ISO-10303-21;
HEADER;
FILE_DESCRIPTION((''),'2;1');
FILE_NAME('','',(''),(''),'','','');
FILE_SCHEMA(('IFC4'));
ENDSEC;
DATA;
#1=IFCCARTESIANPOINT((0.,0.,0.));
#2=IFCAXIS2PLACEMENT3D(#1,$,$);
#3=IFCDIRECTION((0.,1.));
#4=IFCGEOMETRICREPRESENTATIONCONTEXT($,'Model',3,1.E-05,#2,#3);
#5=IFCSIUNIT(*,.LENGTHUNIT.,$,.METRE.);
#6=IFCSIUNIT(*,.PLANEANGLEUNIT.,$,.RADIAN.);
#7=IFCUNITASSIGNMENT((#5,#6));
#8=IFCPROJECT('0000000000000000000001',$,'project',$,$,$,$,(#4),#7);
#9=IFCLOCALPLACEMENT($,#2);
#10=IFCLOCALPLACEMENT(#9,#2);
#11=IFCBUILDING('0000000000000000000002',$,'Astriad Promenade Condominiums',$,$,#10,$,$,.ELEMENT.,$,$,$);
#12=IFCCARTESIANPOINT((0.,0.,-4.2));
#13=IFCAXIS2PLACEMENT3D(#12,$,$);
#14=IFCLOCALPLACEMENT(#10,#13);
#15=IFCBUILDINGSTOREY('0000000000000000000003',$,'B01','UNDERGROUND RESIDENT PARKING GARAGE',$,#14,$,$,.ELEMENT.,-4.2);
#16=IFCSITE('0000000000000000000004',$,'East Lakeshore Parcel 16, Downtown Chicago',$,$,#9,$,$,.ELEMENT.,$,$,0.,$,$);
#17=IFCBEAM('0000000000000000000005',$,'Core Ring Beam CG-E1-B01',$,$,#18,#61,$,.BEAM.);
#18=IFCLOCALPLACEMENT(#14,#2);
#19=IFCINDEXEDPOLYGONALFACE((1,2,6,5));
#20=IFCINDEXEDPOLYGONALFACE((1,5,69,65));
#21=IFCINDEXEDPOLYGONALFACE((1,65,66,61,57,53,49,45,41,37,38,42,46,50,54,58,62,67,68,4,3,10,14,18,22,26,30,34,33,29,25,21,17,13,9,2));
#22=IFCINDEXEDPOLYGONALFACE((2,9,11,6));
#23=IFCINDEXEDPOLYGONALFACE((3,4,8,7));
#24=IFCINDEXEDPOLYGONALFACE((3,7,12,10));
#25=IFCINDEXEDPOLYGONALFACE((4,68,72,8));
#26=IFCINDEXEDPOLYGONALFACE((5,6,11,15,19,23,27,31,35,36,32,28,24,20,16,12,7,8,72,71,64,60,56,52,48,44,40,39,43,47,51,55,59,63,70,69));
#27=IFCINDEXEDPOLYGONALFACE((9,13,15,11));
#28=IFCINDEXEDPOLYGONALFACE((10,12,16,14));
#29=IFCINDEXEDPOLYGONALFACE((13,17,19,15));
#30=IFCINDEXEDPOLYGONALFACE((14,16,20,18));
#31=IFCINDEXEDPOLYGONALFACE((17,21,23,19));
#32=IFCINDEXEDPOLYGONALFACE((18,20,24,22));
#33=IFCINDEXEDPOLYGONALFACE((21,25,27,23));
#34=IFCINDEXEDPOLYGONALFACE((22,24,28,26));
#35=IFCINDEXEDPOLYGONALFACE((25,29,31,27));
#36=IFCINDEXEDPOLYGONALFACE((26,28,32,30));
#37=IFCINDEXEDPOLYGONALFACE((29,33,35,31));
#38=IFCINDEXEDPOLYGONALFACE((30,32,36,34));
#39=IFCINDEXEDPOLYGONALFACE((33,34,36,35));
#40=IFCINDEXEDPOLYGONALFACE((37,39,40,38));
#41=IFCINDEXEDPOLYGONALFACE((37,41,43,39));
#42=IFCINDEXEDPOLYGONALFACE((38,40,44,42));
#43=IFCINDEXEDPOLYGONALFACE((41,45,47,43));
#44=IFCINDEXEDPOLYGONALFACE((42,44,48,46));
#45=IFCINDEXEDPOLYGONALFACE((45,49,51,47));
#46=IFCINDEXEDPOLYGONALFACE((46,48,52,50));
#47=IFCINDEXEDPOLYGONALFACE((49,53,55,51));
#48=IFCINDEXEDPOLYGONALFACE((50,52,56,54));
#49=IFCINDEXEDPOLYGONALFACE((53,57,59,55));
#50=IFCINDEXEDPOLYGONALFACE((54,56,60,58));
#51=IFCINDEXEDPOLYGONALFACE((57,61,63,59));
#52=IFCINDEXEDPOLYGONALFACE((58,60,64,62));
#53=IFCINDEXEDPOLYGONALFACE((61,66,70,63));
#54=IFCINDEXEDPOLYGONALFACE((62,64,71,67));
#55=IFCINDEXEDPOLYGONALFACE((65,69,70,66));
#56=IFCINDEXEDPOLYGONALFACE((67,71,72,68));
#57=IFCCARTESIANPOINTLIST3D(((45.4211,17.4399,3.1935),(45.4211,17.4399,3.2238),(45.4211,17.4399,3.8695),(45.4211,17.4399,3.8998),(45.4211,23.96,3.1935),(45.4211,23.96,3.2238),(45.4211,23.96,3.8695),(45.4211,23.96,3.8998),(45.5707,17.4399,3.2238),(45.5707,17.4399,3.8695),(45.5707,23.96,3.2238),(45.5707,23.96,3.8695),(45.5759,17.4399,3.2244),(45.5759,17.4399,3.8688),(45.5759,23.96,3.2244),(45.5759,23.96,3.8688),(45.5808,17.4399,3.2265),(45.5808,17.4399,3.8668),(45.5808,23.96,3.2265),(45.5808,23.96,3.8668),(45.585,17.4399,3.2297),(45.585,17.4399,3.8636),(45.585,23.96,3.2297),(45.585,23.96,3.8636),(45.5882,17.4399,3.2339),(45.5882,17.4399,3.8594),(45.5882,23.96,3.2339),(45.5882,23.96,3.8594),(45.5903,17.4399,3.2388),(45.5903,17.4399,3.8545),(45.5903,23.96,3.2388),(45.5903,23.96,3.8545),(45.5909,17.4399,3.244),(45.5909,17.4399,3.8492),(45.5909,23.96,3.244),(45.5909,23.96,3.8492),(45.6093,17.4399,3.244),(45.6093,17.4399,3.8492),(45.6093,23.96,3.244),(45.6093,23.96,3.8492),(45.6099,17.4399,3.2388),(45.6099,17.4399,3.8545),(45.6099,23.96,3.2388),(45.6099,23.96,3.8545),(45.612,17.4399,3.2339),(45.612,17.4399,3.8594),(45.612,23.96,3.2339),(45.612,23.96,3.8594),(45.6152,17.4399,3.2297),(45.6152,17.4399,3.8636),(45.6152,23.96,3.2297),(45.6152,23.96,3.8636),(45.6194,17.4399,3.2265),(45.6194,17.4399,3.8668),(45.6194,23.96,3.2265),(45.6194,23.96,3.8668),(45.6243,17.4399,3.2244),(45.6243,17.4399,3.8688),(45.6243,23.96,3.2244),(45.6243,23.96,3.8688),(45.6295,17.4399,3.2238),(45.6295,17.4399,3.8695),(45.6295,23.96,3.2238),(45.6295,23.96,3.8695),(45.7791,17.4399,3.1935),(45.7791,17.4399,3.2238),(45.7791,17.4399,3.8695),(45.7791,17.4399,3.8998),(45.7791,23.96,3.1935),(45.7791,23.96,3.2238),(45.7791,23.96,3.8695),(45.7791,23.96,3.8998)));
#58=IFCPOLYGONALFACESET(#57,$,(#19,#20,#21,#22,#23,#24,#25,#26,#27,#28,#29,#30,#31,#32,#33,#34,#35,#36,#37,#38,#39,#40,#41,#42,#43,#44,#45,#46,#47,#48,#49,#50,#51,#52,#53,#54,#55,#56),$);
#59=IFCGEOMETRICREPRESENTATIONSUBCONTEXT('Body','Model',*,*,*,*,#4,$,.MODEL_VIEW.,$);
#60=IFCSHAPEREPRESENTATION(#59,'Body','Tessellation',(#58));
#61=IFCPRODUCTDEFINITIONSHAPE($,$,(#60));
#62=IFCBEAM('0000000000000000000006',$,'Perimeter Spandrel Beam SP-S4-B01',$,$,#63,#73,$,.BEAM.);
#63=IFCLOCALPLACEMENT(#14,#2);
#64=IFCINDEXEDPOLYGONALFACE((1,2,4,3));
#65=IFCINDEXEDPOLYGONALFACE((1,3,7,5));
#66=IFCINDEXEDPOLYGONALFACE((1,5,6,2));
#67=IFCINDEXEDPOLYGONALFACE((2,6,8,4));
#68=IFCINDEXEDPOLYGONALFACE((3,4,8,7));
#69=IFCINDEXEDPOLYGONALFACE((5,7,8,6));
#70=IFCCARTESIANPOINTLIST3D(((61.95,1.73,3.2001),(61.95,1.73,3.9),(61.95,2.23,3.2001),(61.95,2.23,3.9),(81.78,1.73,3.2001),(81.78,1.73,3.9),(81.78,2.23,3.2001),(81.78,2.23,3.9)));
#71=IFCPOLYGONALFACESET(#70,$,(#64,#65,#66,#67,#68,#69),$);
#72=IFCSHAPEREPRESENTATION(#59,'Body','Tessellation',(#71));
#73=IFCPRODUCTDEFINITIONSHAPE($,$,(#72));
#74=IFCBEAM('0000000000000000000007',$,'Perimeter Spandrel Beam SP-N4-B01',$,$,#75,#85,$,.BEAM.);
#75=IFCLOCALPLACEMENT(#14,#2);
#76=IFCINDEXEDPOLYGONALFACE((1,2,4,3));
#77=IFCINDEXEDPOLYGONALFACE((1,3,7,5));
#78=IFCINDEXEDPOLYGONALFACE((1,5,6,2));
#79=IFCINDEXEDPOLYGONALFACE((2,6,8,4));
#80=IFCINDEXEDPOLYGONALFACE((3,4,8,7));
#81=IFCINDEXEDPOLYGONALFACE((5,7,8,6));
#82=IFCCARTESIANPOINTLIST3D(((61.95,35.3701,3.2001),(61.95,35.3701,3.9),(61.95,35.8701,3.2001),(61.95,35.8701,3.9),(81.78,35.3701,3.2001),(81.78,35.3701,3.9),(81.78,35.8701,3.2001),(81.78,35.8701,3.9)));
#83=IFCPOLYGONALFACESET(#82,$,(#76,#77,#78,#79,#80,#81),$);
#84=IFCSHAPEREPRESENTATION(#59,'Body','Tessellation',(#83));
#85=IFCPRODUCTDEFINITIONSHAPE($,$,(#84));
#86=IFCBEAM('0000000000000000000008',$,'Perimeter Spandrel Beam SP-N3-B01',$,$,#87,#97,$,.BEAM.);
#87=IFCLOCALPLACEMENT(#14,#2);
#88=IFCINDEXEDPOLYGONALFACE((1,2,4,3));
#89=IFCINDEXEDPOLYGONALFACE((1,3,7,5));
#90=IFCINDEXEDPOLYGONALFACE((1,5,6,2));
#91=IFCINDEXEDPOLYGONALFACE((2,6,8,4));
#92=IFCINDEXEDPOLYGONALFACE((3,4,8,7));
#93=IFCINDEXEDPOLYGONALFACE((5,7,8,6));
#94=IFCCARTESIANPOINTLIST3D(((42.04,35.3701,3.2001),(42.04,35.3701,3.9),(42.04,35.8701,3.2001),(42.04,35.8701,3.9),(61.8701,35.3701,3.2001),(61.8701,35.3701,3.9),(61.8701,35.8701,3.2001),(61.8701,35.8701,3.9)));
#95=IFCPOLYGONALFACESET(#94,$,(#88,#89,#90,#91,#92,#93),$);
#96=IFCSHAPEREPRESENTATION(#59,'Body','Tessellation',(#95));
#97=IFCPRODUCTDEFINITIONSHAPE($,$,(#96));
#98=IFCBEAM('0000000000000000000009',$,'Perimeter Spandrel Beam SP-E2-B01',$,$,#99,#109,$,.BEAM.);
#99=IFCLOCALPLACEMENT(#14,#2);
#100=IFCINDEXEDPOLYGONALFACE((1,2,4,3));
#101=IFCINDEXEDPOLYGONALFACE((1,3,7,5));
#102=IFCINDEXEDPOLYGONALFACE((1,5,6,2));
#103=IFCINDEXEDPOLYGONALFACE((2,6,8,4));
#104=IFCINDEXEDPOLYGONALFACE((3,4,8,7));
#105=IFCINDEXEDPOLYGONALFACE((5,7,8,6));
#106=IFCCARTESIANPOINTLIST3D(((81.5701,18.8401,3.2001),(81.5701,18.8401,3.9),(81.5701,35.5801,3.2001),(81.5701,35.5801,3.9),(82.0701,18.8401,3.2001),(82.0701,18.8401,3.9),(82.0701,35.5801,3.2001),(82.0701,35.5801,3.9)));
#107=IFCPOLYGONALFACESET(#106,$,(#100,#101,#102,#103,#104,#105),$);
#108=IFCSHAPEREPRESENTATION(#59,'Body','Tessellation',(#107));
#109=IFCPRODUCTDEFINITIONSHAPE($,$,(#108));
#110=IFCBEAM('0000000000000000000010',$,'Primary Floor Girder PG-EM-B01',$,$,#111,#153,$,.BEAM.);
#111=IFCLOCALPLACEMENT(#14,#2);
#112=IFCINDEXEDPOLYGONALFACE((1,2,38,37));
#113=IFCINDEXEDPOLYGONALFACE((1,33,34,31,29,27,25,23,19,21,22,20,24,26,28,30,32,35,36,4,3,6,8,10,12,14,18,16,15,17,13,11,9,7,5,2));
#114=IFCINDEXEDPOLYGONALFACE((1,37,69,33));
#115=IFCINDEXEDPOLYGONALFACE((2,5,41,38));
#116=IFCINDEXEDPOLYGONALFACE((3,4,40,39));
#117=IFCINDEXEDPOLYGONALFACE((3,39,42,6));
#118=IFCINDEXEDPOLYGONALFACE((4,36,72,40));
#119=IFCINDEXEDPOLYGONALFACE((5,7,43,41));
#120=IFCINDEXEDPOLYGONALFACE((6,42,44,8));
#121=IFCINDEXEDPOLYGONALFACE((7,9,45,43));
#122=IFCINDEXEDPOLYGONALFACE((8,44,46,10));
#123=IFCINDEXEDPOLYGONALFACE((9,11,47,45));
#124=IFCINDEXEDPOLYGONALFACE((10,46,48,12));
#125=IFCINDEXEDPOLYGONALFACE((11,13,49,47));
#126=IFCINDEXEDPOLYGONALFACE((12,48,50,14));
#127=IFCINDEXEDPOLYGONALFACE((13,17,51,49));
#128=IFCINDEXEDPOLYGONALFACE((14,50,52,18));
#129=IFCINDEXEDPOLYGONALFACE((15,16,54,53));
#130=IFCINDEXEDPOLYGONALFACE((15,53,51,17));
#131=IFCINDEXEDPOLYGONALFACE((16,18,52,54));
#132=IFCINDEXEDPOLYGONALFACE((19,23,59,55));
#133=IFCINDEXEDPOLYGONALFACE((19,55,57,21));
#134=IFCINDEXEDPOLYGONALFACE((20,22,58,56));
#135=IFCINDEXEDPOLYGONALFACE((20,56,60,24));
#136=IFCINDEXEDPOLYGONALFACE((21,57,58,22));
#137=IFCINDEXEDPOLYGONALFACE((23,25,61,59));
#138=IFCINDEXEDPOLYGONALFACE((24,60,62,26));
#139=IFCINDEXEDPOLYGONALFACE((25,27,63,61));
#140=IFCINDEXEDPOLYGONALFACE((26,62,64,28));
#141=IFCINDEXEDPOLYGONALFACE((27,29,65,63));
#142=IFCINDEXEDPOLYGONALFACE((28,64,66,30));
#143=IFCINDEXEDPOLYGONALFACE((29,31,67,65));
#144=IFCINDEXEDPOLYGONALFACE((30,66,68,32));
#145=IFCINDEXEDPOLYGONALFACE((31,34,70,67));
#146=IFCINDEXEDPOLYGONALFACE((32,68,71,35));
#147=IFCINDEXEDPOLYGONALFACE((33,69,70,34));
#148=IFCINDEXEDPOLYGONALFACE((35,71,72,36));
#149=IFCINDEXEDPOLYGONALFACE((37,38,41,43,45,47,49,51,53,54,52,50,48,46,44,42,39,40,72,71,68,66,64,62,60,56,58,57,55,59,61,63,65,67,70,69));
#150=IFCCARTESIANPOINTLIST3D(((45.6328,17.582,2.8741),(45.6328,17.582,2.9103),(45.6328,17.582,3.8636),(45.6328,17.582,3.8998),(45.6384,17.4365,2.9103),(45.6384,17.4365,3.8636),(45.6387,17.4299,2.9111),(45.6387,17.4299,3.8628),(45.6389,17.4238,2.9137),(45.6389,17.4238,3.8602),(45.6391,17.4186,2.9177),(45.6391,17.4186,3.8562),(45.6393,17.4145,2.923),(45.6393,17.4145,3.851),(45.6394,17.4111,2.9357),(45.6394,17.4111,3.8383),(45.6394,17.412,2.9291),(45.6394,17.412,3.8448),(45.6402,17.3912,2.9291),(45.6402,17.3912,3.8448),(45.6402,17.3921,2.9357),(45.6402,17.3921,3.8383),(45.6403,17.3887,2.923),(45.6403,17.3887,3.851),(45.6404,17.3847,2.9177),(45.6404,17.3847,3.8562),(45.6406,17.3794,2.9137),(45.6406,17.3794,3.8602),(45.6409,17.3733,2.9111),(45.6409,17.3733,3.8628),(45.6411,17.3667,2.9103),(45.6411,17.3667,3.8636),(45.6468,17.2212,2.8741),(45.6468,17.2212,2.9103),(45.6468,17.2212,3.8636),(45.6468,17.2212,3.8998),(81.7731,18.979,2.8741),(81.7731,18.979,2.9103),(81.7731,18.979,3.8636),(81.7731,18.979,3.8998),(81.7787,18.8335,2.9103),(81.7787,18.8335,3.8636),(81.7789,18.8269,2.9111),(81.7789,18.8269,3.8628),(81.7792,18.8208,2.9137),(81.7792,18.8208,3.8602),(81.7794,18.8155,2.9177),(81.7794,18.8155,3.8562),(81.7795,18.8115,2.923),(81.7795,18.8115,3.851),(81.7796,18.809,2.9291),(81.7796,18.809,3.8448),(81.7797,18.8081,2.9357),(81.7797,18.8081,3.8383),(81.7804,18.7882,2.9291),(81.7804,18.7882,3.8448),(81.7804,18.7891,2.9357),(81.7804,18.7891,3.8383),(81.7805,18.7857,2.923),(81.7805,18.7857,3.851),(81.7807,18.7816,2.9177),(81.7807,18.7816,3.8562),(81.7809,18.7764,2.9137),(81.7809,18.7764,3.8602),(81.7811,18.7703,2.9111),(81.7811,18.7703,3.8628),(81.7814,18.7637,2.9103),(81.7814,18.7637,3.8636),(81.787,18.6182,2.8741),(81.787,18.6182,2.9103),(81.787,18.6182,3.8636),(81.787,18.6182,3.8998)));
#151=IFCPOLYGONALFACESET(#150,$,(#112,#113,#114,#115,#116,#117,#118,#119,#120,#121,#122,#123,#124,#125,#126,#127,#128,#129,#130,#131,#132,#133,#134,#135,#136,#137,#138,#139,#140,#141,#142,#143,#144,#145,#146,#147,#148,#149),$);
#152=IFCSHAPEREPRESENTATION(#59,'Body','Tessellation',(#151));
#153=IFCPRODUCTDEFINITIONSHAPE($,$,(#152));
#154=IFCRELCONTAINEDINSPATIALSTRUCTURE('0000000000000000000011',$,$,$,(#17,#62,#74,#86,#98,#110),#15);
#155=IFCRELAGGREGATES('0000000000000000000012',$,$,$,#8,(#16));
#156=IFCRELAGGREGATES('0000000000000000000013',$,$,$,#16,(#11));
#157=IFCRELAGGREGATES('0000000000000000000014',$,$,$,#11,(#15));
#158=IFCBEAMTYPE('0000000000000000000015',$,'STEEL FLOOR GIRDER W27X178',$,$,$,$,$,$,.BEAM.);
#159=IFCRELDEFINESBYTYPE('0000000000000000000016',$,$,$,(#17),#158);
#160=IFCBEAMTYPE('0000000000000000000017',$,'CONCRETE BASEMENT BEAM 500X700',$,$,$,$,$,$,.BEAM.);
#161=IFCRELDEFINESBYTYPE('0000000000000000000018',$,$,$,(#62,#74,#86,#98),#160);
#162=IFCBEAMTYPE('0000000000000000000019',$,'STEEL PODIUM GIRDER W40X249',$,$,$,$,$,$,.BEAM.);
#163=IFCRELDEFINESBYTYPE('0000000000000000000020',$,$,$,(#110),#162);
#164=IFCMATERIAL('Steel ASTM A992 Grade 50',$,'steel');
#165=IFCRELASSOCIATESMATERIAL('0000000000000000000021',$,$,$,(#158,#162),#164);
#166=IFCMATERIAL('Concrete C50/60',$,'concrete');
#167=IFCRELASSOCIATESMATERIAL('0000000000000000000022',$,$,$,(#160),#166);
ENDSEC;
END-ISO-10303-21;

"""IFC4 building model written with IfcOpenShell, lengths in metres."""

from ifc_helpers import new_model, si_unit, direction, frame, origin, origin_2d, place, context, subcontext, project, spatial, rectangle, i_section, extrude, source, transform, mapped, material, material_profile, profile_set, type_object, type_shapes, element, save


model = new_model("IFC4")

# Units and contexts
model_context = context("Model", 3, precision=1e-05, world=origin(), true_north=direction((0.0, 1.0)))
body_context = subcontext(model_context, "Body", "Model", "MODEL_VIEW")
ifc_project = project(units=[si_unit("LENGTHUNIT", "METRE"), si_unit("PLANEANGLEUNIT", "RADIAN")], contexts=[model_context])

# Site, building, storey
site_placement = place(None, origin())
site = spatial("IfcSite", under=ifc_project, at=site_placement, Name="East Lakeshore Parcel 16, Downtown Chicago", CompositionType="ELEMENT", RefElevation=0.0)
building_placement = place(site_placement, origin())
building = spatial("IfcBuilding", under=site, at=building_placement, Name="Astriad Promenade Condominiums", CompositionType="ELEMENT")
storey_placement = place(building_placement, frame((0.0, 0.0, -4.2)))
storey = spatial("IfcBuildingStorey", under=building, at=storey_placement, Name="B01", Description="UNDERGROUND RESIDENT PARKING GARAGE", CompositionType="ELEMENT", Elevation=-4.2)

# Shared definitions
ifc_material_1 = material(Name="Steel ASTM A992 Grade 50", Category="steel")

# Beams
ifc_material_profile_1 = material_profile(ifc_material_1, i_section(OverallWidth=0.3579, OverallDepth=0.7063, WebThickness=0.0183, FlangeThickness=0.0303, FilletRadius=0.0203, at=origin_2d()), Name="W27X178")
ifc_profile_set_1 = profile_set([ifc_material_profile_1], Name="Steel ASTM A992 Grade 50")
beam_type_1 = type_object("IfcBeamType", Name="STEEL FLOOR GIRDER W27X178", PredefinedType="BEAM", material=ifc_profile_set_1)
shared_shape_1 = source(origin(), body_context, "Body", "SweptSolid", [
    extrude(i_section(OverallWidth=0.3579, OverallDepth=0.7063, WebThickness=0.0183, FlangeThickness=0.0303, FilletRadius=0.0203, at=origin_2d()), origin(), (0.0, 0.0, 1.0), 6.52),
])
type_shapes(beam_type_1, [shared_shape_1])
beam_1_placement = place(storey_placement, frame((45.6001, 17.4399, 3.5466), z_axis=(0.0, 1.0, 0.0), x_axis=(-1.0, 0.0, 0.0)))
element("IfcBeam", 1, at=beam_1_placement, inside=storey, type_object=beam_type_1, Name="Core Ring Beam CG-E1-B01", PredefinedType="BEAM", context=body_context, shape_type="MappedRepresentation", body=[
    mapped(shared_shape_1, transform((0.0, 0.0, 0.0), scale=1.0)),
])
ifc_material_2 = material(Name="Concrete C50/60", Category="concrete")
ifc_material_profile_2 = material_profile(ifc_material_2, rectangle(XDim=0.5, YDim=0.7, at=origin_2d()), Name="RC-BM-500X700")
ifc_profile_set_2 = profile_set([ifc_material_profile_2], Name="Concrete C50/60")
beam_type_2 = type_object("IfcBeamType", Name="CONCRETE BASEMENT BEAM 500X700", PredefinedType="BEAM", material=ifc_profile_set_2)
shared_shape_2 = source(origin(), body_context, "Body", "SweptSolid", [
    extrude(rectangle(XDim=0.5, YDim=0.7, at=origin_2d()), origin(), (0.0, 0.0, 1.0), 19.8301),
])
for number, where, z_axis, x_axis, name in (
    (2, (61.95, 1.98, 3.55), (1.0, 0.0, 0.0), (0.0, 1.0, 0.0), "Perimeter Spandrel Beam SP-S4-B01"),
    (3, (81.78, 35.6201, 3.55), (-1.0, 0.0, 0.0), (0.0, -1.0, 0.0), "Perimeter Spandrel Beam SP-N4-B01"),
    (4, (61.8701, 35.6201, 3.55), (-1.0, 0.0, 0.0), (0.0, -1.0, 0.0), "Perimeter Spandrel Beam SP-N3-B01"),
):
    element("IfcBeam", number, at=place(storey_placement, frame(where, z_axis=z_axis, x_axis=x_axis)), inside=storey, type_object=beam_type_2, Name=name, PredefinedType="BEAM", context=body_context, shape_type="MappedRepresentation", body=[
        mapped(shared_shape_2, transform((0.0, 0.0, 0.0), scale=1.0)),
    ])
shared_shape_3 = source(origin(), body_context, "Body", "SweptSolid", [
    extrude(rectangle(XDim=0.5, YDim=0.7, at=origin_2d()), origin(), (0.0, 0.0, 1.0), 16.74),
])
type_shapes(beam_type_2, [shared_shape_2, shared_shape_3])
beam_2_placement = place(storey_placement, frame((81.8201, 18.8401, 3.55), z_axis=(0.0, 1.0, 0.0), x_axis=(-1.0, 0.0, 0.0)))
element("IfcBeam", 5, at=beam_2_placement, inside=storey, type_object=beam_type_2, Name="Perimeter Spandrel Beam SP-E2-B01", PredefinedType="BEAM", context=body_context, shape_type="MappedRepresentation", body=[
    mapped(shared_shape_3, transform((0.0, 0.0, 0.0), scale=1.0)),
])
ifc_material_profile_3 = material_profile(ifc_material_1, i_section(OverallWidth=0.3611, OverallDepth=1.0256, WebThickness=0.019, FlangeThickness=0.0361, FilletRadius=0.0254, at=origin_2d()), Name="W40X249")
ifc_profile_set_3 = profile_set([ifc_material_profile_3], Name="Steel ASTM A992 Grade 50")
beam_type_3 = type_object("IfcBeamType", Name="STEEL PODIUM GIRDER W40X249", PredefinedType="BEAM", material=ifc_profile_set_3)
shared_shape_4 = source(origin(), body_context, "Body", "SweptSolid", [
    extrude(i_section(OverallWidth=0.3611, OverallDepth=1.0256, WebThickness=0.019, FlangeThickness=0.0361, FilletRadius=0.0254, at=origin_2d()), origin(), (0.0, 0.0, 1.0), 36.1672),
])
type_shapes(beam_type_3, [shared_shape_4])
beam_3_placement = place(storey_placement, frame((81.78, 18.7986, 3.387), z_axis=(-0.999254, -0.038625, 0.0), x_axis=(0.038625, -0.999254, 0.0)))
element("IfcBeam", 6, at=beam_3_placement, inside=storey, type_object=beam_type_3, Name="Primary Floor Girder PG-EM-B01", PredefinedType="BEAM", context=body_context, shape_type="MappedRepresentation", body=[
    mapped(shared_shape_4, transform((0.0, 0.0, 0.0), scale=1.0)),
])

save(model, "model.ifc")
